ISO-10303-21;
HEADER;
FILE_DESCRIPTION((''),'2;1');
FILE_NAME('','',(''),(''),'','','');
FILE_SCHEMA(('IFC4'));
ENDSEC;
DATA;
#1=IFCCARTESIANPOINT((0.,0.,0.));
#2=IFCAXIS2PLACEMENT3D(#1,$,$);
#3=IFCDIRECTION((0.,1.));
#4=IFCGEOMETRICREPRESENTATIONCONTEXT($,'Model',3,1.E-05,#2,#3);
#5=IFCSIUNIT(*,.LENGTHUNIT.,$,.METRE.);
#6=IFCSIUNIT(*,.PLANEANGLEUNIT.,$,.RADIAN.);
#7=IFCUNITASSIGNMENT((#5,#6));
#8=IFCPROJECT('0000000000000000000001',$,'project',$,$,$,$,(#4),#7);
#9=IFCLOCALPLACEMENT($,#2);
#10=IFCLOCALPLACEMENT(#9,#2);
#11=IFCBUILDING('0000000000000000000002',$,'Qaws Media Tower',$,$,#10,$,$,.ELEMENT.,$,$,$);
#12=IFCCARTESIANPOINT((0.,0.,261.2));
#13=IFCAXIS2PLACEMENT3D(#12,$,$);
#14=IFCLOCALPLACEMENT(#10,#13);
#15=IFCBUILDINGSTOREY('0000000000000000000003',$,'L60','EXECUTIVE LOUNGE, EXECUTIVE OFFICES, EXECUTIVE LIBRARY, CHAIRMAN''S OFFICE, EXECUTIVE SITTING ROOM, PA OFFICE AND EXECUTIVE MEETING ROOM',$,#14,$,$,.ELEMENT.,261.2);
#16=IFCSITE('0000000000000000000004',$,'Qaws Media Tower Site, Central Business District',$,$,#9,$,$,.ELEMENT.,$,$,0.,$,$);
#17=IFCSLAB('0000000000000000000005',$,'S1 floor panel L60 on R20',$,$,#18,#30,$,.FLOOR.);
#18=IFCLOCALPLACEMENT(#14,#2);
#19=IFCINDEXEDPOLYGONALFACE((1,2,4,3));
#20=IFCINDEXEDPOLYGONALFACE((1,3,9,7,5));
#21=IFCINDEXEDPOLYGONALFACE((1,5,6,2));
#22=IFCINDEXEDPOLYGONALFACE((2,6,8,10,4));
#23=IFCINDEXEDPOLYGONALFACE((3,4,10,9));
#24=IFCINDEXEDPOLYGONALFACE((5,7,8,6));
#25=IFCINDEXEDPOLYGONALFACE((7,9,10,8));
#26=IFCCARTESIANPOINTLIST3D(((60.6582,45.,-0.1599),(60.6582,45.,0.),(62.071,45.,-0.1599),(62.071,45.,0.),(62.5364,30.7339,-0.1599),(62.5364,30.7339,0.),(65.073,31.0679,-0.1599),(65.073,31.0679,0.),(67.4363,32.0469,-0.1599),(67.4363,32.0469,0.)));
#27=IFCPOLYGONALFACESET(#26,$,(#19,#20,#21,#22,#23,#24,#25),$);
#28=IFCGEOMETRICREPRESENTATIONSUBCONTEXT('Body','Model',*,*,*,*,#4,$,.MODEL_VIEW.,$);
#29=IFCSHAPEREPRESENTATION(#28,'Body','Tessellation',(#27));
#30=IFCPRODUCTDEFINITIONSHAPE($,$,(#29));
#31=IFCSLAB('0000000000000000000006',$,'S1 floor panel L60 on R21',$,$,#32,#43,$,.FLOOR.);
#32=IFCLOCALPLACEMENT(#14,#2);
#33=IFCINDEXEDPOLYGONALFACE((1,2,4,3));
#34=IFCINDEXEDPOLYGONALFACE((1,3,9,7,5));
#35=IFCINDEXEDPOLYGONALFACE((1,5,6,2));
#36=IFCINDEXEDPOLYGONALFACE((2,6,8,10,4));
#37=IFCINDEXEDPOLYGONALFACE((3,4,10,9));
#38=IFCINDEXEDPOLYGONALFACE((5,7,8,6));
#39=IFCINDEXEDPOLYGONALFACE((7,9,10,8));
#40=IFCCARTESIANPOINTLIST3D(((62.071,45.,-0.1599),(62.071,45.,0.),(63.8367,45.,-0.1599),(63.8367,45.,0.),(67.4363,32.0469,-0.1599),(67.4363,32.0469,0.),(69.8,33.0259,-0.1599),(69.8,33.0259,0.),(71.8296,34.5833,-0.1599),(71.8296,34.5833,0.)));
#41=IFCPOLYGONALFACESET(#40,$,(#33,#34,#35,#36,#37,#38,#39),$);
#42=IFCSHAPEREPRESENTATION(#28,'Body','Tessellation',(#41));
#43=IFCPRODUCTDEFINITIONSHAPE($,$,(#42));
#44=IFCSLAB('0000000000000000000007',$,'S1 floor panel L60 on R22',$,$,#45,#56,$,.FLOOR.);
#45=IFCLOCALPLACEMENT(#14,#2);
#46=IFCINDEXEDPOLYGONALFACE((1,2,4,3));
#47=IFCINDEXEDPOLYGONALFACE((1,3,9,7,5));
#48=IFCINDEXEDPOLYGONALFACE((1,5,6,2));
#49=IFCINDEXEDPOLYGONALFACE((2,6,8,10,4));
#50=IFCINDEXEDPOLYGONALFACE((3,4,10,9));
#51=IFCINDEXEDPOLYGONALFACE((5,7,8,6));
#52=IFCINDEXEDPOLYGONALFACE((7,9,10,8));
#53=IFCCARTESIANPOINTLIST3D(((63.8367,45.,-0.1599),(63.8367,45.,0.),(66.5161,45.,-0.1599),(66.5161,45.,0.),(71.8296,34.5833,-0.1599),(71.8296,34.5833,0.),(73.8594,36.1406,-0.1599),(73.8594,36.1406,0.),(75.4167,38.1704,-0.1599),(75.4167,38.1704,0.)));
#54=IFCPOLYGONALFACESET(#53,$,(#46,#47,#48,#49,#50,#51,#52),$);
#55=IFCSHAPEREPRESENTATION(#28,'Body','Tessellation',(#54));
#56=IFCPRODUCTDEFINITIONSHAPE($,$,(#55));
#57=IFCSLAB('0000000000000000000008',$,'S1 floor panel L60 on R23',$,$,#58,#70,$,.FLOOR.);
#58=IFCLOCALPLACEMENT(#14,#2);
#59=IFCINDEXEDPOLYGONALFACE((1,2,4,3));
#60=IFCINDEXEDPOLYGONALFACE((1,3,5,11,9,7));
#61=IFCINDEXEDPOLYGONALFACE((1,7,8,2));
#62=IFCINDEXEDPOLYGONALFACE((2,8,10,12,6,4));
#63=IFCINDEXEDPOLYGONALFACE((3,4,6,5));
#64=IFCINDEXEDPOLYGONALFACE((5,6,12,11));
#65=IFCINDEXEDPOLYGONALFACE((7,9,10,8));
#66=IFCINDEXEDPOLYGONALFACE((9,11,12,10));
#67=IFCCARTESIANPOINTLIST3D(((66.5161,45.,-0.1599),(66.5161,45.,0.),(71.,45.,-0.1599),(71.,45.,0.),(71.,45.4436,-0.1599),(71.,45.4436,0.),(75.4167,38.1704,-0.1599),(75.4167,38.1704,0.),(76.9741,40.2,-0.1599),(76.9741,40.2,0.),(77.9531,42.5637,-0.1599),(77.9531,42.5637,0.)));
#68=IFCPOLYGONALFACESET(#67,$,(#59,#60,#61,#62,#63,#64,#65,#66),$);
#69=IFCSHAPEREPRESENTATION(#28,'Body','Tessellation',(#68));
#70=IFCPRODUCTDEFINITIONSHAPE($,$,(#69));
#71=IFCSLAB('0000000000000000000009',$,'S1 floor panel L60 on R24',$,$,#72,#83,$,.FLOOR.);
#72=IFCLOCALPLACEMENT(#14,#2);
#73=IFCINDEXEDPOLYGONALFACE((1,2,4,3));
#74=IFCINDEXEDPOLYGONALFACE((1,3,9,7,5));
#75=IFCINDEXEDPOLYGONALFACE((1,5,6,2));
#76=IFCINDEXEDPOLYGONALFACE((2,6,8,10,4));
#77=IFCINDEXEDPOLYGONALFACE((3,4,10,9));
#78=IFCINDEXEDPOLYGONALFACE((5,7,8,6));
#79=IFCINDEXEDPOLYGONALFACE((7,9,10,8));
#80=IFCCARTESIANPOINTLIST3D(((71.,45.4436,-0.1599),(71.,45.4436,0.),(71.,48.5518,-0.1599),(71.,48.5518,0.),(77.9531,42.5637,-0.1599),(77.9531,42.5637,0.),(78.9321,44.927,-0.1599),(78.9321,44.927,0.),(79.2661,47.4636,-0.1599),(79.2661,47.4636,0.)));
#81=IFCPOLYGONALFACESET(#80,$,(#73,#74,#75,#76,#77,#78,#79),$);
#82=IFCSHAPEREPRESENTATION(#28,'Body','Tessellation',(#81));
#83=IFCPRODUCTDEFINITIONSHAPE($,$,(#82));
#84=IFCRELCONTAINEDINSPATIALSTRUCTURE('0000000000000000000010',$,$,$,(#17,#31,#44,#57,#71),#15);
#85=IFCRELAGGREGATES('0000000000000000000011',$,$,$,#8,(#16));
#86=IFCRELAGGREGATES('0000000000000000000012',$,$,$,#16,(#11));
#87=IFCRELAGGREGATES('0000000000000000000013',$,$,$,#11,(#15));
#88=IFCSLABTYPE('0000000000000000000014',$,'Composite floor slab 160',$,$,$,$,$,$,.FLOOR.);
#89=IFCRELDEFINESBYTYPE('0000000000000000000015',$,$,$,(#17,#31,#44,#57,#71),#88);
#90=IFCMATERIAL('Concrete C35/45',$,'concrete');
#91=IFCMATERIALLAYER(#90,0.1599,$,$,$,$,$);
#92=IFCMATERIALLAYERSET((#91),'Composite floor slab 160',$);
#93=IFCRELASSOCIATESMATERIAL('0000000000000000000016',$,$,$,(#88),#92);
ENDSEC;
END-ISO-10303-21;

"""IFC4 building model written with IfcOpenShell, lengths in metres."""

from ifc_helpers import new_model, si_unit, direction, frame, origin, place, context, subcontext, project, spatial, polyline, outline, extrude, material, layer, layer_set, type_object, element, save


model = new_model("IFC4")

# Units and contexts
model_context = context("Model", 3, precision=1e-05, world=origin(), true_north=direction((0.0, 1.0)))
body_context = subcontext(model_context, "Body", "Model", "MODEL_VIEW")
ifc_project = project(units=[si_unit("LENGTHUNIT", "METRE"), si_unit("PLANEANGLEUNIT", "RADIAN")], contexts=[model_context])

# Site, building, storey
site_placement = place(None, origin())
site = spatial("IfcSite", under=ifc_project, at=site_placement, Name="Qaws Media Tower Site, Central Business District", CompositionType="ELEMENT", RefElevation=0.0)
building_placement = place(site_placement, origin())
building = spatial("IfcBuilding", under=site, at=building_placement, Name="Qaws Media Tower", CompositionType="ELEMENT")
storey_placement = place(building_placement, frame((0.0, 0.0, 261.2)))
storey = spatial("IfcBuildingStorey", under=building, at=storey_placement, Name="L60", Description="EXECUTIVE LOUNGE, EXECUTIVE OFFICES, EXECUTIVE LIBRARY, CHAIRMAN'S OFFICE, EXECUTIVE SITTING ROOM, PA OFFICE AND EXECUTIVE MEETING ROOM", CompositionType="ELEMENT", Elevation=261.2)

# Slabs
ifc_material_1 = material(Name="Concrete C35/45", Category="concrete")
ifc_layer_1 = layer(ifc_material_1, 0.1599)
ifc_layer_set_1 = layer_set([ifc_layer_1], Name="Composite floor slab 160")
slab_type_1 = type_object("IfcSlabType", Name="Composite floor slab 160", PredefinedType="FLOOR", material=ifc_layer_set_1)
slab_1_placement = place(storey_placement, frame((0.0, 0.0, -0.1599)))
element("IfcSlab", 1, at=slab_1_placement, inside=storey, type_object=slab_type_1, Name="S1 floor panel L60 on R20", PredefinedType="FLOOR", context=body_context, shape_type="SweptSolid", body=[
    extrude(outline(polyline([(65.073, 31.0679), (62.5364, 30.7339), (60.6582, 45.0), (62.071, 45.0), (67.4363, 32.0469), (65.073, 31.0679)])), origin(), (0.0, 0.0, 1.0), 0.1599),
])
slab_2_placement = place(storey_placement, frame((0.0, 0.0, -0.1599)))
element("IfcSlab", 2, at=slab_2_placement, inside=storey, type_object=slab_type_1, Name="S1 floor panel L60 on R21", PredefinedType="FLOOR", context=body_context, shape_type="SweptSolid", body=[
    extrude(outline(polyline([(69.8, 33.0259), (67.4363, 32.0469), (62.071, 45.0), (63.8367, 45.0), (71.8296, 34.5833), (69.8, 33.0259)])), origin(), (0.0, 0.0, 1.0), 0.1599),
])
slab_3_placement = place(storey_placement, frame((0.0, 0.0, -0.1599)))
element("IfcSlab", 3, at=slab_3_placement, inside=storey, type_object=slab_type_1, Name="S1 floor panel L60 on R22", PredefinedType="FLOOR", context=body_context, shape_type="SweptSolid", body=[
    extrude(outline(polyline([(73.8594, 36.1406), (71.8296, 34.5833), (63.8367, 45.0), (66.5161, 45.0), (75.4167, 38.1704), (73.8594, 36.1406)])), origin(), (0.0, 0.0, 1.0), 0.1599),
])
slab_4_placement = place(storey_placement, frame((0.0, 0.0, -0.1599)))
element("IfcSlab", 4, at=slab_4_placement, inside=storey, type_object=slab_type_1, Name="S1 floor panel L60 on R23", PredefinedType="FLOOR", context=body_context, shape_type="SweptSolid", body=[
    extrude(outline(polyline([(76.9741, 40.2), (75.4167, 38.1704), (66.5161, 45.0), (71.0, 45.0), (71.0, 45.4436), (77.9531, 42.5637), (76.9741, 40.2)])), origin(), (0.0, 0.0, 1.0), 0.1599),
])
slab_5_placement = place(storey_placement, frame((0.0, 0.0, -0.1599)))
element("IfcSlab", 5, at=slab_5_placement, inside=storey, type_object=slab_type_1, Name="S1 floor panel L60 on R24", PredefinedType="FLOOR", context=body_context, shape_type="SweptSolid", body=[
    extrude(outline(polyline([(77.9531, 42.5637), (71.0, 45.4436), (71.0, 48.5518), (79.2661, 47.4636), (78.9321, 44.927), (77.9531, 42.5637)])), origin(), (0.0, 0.0, 1.0), 0.1599),
])

save(model, "model.ifc")
